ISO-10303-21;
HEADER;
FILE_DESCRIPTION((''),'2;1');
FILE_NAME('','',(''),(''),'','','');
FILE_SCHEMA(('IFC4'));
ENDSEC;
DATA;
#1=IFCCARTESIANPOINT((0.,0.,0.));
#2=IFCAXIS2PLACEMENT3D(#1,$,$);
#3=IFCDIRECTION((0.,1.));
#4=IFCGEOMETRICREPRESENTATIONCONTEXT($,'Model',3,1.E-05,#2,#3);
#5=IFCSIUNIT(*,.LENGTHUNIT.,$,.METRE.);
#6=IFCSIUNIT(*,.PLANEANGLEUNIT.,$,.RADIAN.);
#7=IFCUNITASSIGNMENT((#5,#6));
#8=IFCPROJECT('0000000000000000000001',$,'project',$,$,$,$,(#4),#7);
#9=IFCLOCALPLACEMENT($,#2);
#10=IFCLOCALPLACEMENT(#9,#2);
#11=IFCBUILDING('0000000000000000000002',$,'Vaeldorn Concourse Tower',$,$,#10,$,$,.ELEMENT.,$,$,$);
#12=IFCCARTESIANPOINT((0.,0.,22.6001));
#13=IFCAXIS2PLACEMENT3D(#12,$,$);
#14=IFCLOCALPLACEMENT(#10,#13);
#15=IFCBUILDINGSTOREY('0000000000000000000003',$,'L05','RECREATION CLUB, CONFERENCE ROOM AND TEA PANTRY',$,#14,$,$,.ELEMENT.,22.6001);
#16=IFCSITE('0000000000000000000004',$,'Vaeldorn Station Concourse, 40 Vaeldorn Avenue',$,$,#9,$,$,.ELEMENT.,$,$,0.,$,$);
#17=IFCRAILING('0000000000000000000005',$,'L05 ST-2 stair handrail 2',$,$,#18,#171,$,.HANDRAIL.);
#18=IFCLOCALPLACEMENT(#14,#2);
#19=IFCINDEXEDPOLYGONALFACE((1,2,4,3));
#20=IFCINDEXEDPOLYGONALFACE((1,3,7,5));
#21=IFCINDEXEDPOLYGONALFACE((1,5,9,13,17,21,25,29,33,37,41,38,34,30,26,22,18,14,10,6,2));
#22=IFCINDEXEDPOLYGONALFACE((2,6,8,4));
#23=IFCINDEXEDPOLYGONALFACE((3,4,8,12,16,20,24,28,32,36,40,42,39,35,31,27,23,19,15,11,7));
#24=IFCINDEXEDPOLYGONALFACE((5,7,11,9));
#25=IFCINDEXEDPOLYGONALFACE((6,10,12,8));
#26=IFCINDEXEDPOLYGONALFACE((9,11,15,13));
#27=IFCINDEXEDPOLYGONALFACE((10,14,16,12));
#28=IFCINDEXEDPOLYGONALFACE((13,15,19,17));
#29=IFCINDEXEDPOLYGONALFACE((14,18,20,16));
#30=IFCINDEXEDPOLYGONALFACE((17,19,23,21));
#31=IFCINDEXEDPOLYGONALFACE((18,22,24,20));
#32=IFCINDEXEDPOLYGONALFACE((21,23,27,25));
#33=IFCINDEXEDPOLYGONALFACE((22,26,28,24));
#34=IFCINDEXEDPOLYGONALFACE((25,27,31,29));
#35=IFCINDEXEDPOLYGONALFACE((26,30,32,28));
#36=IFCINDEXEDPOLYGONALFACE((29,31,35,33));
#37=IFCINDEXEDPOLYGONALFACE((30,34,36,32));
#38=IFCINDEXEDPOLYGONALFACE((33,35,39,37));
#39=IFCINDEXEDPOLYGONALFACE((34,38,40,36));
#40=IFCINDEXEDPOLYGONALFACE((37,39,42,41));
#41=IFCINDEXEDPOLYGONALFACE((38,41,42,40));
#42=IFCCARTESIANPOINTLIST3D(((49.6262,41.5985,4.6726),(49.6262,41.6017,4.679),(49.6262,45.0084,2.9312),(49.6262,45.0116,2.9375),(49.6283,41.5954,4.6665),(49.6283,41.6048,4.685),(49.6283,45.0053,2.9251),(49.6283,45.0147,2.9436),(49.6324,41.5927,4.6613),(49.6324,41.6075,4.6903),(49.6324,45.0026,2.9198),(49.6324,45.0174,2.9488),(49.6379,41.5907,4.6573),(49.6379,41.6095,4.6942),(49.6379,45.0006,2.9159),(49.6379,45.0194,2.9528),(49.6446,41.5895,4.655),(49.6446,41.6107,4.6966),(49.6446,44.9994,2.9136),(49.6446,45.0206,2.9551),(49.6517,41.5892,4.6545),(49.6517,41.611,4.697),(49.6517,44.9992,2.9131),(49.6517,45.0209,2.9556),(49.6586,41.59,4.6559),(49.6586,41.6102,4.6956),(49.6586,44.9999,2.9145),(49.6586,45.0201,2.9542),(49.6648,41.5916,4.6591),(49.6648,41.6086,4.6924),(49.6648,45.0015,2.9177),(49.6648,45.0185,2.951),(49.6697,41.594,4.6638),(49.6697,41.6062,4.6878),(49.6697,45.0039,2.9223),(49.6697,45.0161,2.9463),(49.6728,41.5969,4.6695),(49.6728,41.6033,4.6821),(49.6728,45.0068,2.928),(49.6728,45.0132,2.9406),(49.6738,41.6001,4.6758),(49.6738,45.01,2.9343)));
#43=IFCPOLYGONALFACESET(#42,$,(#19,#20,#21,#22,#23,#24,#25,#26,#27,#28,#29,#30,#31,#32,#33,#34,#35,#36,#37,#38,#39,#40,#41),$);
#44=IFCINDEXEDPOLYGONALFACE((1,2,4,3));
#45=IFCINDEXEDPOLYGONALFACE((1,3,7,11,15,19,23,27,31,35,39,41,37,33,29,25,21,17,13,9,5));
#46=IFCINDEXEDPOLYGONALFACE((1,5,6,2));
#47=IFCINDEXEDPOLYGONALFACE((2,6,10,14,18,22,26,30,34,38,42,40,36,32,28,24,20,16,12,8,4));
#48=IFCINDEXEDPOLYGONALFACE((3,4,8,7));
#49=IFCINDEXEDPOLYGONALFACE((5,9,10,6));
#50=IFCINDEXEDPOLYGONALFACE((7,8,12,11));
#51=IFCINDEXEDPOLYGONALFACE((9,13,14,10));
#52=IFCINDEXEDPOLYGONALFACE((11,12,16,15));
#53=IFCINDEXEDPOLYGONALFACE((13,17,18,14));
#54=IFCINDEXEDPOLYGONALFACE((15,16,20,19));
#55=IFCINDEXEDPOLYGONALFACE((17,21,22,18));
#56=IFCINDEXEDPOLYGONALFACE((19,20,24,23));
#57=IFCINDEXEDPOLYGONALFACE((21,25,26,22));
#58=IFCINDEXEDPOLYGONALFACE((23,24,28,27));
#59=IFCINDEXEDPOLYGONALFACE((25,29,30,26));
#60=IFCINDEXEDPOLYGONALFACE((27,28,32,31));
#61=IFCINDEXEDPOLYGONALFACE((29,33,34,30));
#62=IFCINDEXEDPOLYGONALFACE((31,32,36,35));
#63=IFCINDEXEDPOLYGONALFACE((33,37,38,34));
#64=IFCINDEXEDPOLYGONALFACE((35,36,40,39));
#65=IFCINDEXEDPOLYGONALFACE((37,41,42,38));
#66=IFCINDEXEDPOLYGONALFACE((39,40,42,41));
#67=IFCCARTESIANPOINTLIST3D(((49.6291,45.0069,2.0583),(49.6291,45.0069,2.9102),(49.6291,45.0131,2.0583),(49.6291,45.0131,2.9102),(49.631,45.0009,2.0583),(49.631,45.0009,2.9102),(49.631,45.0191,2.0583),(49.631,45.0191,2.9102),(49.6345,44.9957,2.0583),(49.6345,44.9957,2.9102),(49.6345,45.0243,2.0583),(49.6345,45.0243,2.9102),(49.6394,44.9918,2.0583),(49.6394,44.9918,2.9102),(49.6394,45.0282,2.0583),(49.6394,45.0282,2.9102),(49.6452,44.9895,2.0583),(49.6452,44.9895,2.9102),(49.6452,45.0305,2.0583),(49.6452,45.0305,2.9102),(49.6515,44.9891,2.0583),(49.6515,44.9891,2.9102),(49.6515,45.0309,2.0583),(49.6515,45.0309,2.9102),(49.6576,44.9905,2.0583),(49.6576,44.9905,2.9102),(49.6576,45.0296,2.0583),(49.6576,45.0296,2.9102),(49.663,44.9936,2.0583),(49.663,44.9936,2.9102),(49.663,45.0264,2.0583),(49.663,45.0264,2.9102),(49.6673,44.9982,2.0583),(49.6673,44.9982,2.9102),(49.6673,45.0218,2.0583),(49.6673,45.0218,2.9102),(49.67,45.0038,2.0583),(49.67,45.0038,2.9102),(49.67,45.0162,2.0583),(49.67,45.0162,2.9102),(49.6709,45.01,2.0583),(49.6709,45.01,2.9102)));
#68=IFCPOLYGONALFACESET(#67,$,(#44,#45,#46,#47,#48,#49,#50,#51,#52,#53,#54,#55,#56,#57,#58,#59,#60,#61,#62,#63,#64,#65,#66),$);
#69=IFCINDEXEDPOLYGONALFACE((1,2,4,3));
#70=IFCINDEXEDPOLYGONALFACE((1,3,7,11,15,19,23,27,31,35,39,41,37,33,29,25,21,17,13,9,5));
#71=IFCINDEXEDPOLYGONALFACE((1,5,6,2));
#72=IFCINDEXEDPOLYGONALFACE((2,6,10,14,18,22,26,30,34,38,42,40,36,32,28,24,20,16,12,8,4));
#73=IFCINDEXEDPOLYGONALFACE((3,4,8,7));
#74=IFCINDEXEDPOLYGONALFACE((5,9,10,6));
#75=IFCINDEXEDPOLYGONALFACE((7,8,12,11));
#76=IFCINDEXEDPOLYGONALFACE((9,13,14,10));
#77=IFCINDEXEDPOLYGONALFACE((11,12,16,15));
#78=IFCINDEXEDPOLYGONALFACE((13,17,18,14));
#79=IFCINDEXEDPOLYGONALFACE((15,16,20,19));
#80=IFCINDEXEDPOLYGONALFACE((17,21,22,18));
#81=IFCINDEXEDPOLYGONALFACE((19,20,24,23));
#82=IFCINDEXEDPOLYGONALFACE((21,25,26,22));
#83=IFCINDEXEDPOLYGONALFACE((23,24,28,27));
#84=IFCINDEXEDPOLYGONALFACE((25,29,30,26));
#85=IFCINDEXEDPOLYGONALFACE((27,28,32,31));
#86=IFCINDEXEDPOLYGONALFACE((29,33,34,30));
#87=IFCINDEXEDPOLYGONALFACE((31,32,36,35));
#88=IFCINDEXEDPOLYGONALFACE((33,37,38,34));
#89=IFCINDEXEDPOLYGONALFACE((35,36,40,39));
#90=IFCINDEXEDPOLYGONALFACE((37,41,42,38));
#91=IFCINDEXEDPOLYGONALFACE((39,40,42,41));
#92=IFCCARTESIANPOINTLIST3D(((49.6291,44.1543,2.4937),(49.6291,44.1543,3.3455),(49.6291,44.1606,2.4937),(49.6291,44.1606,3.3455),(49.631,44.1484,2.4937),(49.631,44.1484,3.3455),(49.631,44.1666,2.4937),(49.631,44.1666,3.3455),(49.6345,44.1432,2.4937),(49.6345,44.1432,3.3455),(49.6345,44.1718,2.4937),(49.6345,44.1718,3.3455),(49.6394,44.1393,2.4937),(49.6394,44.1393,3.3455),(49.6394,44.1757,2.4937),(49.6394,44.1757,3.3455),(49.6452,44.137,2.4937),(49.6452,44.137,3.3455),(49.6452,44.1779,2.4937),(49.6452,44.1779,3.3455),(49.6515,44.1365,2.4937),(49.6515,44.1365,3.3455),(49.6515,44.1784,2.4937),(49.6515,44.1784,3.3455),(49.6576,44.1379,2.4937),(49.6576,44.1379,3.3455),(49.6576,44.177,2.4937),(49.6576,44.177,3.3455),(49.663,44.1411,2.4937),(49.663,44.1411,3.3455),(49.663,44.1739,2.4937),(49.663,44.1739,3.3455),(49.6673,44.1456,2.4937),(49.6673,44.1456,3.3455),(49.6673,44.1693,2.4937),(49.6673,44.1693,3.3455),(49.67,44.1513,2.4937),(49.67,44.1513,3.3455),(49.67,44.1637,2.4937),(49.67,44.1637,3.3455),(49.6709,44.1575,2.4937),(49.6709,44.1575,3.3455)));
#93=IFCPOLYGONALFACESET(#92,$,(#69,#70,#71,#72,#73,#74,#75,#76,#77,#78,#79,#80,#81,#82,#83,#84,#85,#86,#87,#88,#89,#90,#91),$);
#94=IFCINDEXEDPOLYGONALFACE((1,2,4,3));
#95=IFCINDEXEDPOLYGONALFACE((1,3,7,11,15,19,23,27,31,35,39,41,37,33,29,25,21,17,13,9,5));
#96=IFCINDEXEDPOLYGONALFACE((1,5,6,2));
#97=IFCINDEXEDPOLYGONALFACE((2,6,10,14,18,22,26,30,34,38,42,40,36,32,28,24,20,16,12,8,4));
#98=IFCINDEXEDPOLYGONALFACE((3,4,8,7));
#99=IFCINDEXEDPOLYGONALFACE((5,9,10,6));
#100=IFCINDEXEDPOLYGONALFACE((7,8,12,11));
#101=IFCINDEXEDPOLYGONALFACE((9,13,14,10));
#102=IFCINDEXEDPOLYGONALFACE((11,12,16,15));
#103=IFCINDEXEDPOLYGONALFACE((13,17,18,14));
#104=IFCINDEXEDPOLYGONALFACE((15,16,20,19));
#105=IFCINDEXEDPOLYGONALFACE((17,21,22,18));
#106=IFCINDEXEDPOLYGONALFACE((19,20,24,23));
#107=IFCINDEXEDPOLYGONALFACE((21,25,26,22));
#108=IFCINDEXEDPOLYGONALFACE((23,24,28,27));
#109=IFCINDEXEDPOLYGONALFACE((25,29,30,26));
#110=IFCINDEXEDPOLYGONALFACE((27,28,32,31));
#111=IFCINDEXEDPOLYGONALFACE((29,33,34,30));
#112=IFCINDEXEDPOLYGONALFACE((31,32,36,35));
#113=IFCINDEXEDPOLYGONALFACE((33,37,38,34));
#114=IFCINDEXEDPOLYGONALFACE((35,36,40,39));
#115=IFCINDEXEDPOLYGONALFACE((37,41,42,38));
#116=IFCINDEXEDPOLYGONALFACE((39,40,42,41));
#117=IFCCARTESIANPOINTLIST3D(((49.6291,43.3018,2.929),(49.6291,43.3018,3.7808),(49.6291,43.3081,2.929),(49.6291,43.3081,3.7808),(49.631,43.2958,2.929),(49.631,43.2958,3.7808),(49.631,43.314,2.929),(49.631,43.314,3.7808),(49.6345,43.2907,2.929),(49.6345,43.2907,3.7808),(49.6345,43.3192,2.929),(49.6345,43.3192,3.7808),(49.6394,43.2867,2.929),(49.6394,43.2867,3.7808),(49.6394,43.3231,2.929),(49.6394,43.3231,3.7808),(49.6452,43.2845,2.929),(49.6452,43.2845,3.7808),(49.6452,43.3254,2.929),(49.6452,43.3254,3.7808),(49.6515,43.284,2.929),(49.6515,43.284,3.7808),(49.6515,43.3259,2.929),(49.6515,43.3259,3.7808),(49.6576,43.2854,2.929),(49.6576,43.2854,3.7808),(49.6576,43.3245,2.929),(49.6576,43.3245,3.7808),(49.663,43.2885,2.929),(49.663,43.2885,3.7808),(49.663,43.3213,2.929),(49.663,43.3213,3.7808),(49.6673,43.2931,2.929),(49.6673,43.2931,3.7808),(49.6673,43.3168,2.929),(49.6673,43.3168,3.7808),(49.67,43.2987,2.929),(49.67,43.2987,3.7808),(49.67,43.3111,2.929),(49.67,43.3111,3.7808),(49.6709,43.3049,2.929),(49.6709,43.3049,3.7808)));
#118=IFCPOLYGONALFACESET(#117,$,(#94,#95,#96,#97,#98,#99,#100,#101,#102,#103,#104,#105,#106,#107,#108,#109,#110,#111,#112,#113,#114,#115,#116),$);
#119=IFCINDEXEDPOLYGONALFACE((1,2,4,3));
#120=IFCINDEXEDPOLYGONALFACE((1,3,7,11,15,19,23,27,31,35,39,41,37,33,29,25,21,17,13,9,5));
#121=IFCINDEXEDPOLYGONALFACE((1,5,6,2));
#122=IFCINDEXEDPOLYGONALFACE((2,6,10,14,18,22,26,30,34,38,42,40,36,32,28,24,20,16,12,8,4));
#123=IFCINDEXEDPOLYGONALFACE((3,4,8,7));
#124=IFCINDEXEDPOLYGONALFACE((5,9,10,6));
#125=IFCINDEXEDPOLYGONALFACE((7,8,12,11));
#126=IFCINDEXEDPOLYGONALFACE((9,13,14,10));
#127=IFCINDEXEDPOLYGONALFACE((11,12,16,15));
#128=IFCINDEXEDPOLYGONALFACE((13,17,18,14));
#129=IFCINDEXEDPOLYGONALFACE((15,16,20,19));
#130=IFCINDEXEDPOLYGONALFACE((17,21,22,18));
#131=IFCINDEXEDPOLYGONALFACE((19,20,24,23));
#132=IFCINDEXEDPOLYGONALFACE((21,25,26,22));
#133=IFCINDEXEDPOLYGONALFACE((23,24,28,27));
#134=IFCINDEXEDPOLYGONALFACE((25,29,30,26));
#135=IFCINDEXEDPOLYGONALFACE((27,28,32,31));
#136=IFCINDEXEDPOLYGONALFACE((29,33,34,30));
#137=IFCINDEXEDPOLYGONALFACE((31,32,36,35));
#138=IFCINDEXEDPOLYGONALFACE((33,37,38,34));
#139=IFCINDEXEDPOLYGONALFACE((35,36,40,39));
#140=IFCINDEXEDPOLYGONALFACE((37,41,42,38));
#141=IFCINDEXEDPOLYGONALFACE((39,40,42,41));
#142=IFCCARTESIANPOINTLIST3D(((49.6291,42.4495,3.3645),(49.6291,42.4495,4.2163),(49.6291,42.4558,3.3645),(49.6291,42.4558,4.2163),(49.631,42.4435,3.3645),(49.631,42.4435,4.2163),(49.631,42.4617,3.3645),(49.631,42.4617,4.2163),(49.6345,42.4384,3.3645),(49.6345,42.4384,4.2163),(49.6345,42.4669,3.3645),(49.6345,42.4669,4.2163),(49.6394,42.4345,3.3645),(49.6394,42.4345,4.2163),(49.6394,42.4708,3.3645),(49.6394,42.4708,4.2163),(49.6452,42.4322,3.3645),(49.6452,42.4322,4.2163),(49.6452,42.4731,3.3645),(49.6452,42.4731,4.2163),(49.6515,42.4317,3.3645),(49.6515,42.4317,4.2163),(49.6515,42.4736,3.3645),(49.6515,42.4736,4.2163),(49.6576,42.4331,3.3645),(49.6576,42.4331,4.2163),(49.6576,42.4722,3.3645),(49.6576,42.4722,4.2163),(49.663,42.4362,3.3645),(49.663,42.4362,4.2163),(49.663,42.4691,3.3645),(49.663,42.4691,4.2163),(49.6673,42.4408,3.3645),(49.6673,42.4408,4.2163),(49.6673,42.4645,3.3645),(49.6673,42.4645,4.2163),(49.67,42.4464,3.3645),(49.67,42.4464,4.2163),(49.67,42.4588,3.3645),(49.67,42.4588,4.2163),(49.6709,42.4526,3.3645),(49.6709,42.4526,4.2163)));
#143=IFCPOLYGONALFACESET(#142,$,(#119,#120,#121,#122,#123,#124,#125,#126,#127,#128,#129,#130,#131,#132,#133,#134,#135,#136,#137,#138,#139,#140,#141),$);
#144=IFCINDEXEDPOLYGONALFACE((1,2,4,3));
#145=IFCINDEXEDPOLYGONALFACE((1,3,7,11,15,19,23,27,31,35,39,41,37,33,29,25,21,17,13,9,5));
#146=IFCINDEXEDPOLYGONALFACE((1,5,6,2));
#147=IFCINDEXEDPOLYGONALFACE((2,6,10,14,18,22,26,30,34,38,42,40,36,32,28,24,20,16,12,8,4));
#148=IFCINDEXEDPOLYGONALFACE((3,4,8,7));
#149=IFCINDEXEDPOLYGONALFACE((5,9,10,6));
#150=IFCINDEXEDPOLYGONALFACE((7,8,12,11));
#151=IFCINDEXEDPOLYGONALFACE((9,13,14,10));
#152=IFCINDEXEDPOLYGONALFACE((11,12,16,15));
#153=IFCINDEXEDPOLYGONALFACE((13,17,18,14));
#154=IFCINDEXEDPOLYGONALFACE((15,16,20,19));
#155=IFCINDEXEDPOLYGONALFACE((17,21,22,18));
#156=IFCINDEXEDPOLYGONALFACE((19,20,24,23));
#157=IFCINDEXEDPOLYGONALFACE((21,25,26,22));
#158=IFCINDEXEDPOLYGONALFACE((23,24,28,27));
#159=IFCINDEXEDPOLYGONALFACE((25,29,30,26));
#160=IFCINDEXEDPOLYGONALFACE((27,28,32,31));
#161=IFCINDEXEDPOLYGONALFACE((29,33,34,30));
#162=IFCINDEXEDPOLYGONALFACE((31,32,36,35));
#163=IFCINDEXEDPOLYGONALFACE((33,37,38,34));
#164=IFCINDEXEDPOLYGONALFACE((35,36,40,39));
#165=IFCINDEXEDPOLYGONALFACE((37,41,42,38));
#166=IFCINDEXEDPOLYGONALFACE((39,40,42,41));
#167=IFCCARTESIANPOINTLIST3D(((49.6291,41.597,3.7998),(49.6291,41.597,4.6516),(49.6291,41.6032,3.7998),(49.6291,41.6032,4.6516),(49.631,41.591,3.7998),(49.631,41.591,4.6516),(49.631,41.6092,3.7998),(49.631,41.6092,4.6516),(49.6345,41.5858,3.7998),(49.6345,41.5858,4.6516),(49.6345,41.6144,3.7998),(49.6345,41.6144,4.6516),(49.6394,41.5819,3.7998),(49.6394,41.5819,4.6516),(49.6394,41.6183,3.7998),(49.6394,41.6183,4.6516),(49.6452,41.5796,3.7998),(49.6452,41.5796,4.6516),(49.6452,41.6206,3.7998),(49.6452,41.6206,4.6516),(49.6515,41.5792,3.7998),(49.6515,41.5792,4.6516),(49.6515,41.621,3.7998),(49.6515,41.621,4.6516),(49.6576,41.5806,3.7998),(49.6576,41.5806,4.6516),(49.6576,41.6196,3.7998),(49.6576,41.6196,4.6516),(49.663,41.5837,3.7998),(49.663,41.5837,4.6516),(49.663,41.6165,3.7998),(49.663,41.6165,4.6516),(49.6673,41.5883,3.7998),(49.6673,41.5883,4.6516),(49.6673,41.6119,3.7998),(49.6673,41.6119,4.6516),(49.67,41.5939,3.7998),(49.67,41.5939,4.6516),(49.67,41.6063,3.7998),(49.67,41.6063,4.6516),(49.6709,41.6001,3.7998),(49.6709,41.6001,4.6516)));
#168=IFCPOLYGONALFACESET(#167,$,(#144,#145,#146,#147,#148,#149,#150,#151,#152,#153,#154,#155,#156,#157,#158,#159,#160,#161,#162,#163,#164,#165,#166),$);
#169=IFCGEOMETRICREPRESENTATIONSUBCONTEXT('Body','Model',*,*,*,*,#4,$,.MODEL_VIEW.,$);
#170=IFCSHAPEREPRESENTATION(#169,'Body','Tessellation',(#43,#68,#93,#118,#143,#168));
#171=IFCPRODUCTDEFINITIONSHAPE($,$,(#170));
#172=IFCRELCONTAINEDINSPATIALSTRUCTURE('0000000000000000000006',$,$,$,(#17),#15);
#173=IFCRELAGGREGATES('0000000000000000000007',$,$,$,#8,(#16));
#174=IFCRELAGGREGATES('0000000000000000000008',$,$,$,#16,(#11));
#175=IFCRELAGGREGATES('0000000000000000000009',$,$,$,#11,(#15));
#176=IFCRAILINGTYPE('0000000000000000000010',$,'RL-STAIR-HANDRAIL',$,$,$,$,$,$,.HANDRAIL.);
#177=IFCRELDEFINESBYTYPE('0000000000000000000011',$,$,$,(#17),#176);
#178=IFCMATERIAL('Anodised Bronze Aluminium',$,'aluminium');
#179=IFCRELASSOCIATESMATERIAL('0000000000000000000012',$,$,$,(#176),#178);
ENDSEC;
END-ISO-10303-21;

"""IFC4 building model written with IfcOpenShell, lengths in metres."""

from ifc_helpers import new_model, si_unit, direction, frame, origin, origin_2d, place, context, subcontext, project, spatial, circle, extrude, material, type_object, element, save


model = new_model("IFC4")

# Units and contexts
model_context = context("Model", 3, precision=1e-05, world=origin(), true_north=direction((0.0, 1.0)))
body_context = subcontext(model_context, "Body", "Model", "MODEL_VIEW")
ifc_project = project(units=[si_unit("LENGTHUNIT", "METRE"), si_unit("PLANEANGLEUNIT", "RADIAN")], contexts=[model_context])

# Site, building, storey
site_placement = place(None, origin())
site = spatial("IfcSite", under=ifc_project, at=site_placement, Name="Vaeldorn Station Concourse, 40 Vaeldorn Avenue", CompositionType="ELEMENT", RefElevation=0.0)
building_placement = place(site_placement, origin())
building = spatial("IfcBuilding", under=site, at=building_placement, Name="Vaeldorn Concourse Tower", CompositionType="ELEMENT")
storey_placement = place(building_placement, frame((0.0, 0.0, 22.6001)))
storey = spatial("IfcBuildingStorey", under=building, at=storey_placement, Name="L05", Description="RECREATION CLUB, CONFERENCE ROOM AND TEA PANTRY", CompositionType="ELEMENT", Elevation=22.6001)

# Shared definitions
ifc_material_1 = material(Name="Anodised Bronze Aluminium", Category="aluminium")

# Railing
railing_type_1 = type_object("IfcRailingType", Name="RL-STAIR-HANDRAIL", PredefinedType="HANDRAIL", material=ifc_material_1)
railing_1_placement = place(storey_placement, frame((49.6499, 45.01, 2.0583)))
element("IfcRailing", 1, at=railing_1_placement, inside=storey, type_object=railing_type_1, Name="L05 ST-2 stair handrail 2", PredefinedType="HANDRAIL", context=body_context, shape_type="SweptSolid", body=[
    extrude(circle(Radius=0.0239, at=origin_2d()), frame((0.0, 0.0, 0.876), z_axis=(0.0, -0.890582, 0.454823), x_axis=(1.0, 0.0, 0.0)), (0.0, 0.0, 1.0), 3.8289),
    extrude(circle(Radius=0.021, at=origin_2d()), origin(), (0.0, 0.0, 1.0), 0.8518),
    extrude(circle(Radius=0.021, at=origin_2d()), frame((0.0, -0.8525, 0.4353)), (0.0, 0.0, 1.0), 0.8518),
    extrude(circle(Radius=0.021, at=origin_2d()), frame((0.0, -1.7051, 0.8706)), (0.0, 0.0, 1.0), 0.8518),
    extrude(circle(Radius=0.021, at=origin_2d()), frame((0.0, -2.5574, 1.3062)), (0.0, 0.0, 1.0), 0.8518),
    extrude(circle(Radius=0.021, at=origin_2d()), frame((0.0, -3.4099, 1.7415)), (0.0, 0.0, 1.0), 0.8518),
])

save(model, "model.ifc")
